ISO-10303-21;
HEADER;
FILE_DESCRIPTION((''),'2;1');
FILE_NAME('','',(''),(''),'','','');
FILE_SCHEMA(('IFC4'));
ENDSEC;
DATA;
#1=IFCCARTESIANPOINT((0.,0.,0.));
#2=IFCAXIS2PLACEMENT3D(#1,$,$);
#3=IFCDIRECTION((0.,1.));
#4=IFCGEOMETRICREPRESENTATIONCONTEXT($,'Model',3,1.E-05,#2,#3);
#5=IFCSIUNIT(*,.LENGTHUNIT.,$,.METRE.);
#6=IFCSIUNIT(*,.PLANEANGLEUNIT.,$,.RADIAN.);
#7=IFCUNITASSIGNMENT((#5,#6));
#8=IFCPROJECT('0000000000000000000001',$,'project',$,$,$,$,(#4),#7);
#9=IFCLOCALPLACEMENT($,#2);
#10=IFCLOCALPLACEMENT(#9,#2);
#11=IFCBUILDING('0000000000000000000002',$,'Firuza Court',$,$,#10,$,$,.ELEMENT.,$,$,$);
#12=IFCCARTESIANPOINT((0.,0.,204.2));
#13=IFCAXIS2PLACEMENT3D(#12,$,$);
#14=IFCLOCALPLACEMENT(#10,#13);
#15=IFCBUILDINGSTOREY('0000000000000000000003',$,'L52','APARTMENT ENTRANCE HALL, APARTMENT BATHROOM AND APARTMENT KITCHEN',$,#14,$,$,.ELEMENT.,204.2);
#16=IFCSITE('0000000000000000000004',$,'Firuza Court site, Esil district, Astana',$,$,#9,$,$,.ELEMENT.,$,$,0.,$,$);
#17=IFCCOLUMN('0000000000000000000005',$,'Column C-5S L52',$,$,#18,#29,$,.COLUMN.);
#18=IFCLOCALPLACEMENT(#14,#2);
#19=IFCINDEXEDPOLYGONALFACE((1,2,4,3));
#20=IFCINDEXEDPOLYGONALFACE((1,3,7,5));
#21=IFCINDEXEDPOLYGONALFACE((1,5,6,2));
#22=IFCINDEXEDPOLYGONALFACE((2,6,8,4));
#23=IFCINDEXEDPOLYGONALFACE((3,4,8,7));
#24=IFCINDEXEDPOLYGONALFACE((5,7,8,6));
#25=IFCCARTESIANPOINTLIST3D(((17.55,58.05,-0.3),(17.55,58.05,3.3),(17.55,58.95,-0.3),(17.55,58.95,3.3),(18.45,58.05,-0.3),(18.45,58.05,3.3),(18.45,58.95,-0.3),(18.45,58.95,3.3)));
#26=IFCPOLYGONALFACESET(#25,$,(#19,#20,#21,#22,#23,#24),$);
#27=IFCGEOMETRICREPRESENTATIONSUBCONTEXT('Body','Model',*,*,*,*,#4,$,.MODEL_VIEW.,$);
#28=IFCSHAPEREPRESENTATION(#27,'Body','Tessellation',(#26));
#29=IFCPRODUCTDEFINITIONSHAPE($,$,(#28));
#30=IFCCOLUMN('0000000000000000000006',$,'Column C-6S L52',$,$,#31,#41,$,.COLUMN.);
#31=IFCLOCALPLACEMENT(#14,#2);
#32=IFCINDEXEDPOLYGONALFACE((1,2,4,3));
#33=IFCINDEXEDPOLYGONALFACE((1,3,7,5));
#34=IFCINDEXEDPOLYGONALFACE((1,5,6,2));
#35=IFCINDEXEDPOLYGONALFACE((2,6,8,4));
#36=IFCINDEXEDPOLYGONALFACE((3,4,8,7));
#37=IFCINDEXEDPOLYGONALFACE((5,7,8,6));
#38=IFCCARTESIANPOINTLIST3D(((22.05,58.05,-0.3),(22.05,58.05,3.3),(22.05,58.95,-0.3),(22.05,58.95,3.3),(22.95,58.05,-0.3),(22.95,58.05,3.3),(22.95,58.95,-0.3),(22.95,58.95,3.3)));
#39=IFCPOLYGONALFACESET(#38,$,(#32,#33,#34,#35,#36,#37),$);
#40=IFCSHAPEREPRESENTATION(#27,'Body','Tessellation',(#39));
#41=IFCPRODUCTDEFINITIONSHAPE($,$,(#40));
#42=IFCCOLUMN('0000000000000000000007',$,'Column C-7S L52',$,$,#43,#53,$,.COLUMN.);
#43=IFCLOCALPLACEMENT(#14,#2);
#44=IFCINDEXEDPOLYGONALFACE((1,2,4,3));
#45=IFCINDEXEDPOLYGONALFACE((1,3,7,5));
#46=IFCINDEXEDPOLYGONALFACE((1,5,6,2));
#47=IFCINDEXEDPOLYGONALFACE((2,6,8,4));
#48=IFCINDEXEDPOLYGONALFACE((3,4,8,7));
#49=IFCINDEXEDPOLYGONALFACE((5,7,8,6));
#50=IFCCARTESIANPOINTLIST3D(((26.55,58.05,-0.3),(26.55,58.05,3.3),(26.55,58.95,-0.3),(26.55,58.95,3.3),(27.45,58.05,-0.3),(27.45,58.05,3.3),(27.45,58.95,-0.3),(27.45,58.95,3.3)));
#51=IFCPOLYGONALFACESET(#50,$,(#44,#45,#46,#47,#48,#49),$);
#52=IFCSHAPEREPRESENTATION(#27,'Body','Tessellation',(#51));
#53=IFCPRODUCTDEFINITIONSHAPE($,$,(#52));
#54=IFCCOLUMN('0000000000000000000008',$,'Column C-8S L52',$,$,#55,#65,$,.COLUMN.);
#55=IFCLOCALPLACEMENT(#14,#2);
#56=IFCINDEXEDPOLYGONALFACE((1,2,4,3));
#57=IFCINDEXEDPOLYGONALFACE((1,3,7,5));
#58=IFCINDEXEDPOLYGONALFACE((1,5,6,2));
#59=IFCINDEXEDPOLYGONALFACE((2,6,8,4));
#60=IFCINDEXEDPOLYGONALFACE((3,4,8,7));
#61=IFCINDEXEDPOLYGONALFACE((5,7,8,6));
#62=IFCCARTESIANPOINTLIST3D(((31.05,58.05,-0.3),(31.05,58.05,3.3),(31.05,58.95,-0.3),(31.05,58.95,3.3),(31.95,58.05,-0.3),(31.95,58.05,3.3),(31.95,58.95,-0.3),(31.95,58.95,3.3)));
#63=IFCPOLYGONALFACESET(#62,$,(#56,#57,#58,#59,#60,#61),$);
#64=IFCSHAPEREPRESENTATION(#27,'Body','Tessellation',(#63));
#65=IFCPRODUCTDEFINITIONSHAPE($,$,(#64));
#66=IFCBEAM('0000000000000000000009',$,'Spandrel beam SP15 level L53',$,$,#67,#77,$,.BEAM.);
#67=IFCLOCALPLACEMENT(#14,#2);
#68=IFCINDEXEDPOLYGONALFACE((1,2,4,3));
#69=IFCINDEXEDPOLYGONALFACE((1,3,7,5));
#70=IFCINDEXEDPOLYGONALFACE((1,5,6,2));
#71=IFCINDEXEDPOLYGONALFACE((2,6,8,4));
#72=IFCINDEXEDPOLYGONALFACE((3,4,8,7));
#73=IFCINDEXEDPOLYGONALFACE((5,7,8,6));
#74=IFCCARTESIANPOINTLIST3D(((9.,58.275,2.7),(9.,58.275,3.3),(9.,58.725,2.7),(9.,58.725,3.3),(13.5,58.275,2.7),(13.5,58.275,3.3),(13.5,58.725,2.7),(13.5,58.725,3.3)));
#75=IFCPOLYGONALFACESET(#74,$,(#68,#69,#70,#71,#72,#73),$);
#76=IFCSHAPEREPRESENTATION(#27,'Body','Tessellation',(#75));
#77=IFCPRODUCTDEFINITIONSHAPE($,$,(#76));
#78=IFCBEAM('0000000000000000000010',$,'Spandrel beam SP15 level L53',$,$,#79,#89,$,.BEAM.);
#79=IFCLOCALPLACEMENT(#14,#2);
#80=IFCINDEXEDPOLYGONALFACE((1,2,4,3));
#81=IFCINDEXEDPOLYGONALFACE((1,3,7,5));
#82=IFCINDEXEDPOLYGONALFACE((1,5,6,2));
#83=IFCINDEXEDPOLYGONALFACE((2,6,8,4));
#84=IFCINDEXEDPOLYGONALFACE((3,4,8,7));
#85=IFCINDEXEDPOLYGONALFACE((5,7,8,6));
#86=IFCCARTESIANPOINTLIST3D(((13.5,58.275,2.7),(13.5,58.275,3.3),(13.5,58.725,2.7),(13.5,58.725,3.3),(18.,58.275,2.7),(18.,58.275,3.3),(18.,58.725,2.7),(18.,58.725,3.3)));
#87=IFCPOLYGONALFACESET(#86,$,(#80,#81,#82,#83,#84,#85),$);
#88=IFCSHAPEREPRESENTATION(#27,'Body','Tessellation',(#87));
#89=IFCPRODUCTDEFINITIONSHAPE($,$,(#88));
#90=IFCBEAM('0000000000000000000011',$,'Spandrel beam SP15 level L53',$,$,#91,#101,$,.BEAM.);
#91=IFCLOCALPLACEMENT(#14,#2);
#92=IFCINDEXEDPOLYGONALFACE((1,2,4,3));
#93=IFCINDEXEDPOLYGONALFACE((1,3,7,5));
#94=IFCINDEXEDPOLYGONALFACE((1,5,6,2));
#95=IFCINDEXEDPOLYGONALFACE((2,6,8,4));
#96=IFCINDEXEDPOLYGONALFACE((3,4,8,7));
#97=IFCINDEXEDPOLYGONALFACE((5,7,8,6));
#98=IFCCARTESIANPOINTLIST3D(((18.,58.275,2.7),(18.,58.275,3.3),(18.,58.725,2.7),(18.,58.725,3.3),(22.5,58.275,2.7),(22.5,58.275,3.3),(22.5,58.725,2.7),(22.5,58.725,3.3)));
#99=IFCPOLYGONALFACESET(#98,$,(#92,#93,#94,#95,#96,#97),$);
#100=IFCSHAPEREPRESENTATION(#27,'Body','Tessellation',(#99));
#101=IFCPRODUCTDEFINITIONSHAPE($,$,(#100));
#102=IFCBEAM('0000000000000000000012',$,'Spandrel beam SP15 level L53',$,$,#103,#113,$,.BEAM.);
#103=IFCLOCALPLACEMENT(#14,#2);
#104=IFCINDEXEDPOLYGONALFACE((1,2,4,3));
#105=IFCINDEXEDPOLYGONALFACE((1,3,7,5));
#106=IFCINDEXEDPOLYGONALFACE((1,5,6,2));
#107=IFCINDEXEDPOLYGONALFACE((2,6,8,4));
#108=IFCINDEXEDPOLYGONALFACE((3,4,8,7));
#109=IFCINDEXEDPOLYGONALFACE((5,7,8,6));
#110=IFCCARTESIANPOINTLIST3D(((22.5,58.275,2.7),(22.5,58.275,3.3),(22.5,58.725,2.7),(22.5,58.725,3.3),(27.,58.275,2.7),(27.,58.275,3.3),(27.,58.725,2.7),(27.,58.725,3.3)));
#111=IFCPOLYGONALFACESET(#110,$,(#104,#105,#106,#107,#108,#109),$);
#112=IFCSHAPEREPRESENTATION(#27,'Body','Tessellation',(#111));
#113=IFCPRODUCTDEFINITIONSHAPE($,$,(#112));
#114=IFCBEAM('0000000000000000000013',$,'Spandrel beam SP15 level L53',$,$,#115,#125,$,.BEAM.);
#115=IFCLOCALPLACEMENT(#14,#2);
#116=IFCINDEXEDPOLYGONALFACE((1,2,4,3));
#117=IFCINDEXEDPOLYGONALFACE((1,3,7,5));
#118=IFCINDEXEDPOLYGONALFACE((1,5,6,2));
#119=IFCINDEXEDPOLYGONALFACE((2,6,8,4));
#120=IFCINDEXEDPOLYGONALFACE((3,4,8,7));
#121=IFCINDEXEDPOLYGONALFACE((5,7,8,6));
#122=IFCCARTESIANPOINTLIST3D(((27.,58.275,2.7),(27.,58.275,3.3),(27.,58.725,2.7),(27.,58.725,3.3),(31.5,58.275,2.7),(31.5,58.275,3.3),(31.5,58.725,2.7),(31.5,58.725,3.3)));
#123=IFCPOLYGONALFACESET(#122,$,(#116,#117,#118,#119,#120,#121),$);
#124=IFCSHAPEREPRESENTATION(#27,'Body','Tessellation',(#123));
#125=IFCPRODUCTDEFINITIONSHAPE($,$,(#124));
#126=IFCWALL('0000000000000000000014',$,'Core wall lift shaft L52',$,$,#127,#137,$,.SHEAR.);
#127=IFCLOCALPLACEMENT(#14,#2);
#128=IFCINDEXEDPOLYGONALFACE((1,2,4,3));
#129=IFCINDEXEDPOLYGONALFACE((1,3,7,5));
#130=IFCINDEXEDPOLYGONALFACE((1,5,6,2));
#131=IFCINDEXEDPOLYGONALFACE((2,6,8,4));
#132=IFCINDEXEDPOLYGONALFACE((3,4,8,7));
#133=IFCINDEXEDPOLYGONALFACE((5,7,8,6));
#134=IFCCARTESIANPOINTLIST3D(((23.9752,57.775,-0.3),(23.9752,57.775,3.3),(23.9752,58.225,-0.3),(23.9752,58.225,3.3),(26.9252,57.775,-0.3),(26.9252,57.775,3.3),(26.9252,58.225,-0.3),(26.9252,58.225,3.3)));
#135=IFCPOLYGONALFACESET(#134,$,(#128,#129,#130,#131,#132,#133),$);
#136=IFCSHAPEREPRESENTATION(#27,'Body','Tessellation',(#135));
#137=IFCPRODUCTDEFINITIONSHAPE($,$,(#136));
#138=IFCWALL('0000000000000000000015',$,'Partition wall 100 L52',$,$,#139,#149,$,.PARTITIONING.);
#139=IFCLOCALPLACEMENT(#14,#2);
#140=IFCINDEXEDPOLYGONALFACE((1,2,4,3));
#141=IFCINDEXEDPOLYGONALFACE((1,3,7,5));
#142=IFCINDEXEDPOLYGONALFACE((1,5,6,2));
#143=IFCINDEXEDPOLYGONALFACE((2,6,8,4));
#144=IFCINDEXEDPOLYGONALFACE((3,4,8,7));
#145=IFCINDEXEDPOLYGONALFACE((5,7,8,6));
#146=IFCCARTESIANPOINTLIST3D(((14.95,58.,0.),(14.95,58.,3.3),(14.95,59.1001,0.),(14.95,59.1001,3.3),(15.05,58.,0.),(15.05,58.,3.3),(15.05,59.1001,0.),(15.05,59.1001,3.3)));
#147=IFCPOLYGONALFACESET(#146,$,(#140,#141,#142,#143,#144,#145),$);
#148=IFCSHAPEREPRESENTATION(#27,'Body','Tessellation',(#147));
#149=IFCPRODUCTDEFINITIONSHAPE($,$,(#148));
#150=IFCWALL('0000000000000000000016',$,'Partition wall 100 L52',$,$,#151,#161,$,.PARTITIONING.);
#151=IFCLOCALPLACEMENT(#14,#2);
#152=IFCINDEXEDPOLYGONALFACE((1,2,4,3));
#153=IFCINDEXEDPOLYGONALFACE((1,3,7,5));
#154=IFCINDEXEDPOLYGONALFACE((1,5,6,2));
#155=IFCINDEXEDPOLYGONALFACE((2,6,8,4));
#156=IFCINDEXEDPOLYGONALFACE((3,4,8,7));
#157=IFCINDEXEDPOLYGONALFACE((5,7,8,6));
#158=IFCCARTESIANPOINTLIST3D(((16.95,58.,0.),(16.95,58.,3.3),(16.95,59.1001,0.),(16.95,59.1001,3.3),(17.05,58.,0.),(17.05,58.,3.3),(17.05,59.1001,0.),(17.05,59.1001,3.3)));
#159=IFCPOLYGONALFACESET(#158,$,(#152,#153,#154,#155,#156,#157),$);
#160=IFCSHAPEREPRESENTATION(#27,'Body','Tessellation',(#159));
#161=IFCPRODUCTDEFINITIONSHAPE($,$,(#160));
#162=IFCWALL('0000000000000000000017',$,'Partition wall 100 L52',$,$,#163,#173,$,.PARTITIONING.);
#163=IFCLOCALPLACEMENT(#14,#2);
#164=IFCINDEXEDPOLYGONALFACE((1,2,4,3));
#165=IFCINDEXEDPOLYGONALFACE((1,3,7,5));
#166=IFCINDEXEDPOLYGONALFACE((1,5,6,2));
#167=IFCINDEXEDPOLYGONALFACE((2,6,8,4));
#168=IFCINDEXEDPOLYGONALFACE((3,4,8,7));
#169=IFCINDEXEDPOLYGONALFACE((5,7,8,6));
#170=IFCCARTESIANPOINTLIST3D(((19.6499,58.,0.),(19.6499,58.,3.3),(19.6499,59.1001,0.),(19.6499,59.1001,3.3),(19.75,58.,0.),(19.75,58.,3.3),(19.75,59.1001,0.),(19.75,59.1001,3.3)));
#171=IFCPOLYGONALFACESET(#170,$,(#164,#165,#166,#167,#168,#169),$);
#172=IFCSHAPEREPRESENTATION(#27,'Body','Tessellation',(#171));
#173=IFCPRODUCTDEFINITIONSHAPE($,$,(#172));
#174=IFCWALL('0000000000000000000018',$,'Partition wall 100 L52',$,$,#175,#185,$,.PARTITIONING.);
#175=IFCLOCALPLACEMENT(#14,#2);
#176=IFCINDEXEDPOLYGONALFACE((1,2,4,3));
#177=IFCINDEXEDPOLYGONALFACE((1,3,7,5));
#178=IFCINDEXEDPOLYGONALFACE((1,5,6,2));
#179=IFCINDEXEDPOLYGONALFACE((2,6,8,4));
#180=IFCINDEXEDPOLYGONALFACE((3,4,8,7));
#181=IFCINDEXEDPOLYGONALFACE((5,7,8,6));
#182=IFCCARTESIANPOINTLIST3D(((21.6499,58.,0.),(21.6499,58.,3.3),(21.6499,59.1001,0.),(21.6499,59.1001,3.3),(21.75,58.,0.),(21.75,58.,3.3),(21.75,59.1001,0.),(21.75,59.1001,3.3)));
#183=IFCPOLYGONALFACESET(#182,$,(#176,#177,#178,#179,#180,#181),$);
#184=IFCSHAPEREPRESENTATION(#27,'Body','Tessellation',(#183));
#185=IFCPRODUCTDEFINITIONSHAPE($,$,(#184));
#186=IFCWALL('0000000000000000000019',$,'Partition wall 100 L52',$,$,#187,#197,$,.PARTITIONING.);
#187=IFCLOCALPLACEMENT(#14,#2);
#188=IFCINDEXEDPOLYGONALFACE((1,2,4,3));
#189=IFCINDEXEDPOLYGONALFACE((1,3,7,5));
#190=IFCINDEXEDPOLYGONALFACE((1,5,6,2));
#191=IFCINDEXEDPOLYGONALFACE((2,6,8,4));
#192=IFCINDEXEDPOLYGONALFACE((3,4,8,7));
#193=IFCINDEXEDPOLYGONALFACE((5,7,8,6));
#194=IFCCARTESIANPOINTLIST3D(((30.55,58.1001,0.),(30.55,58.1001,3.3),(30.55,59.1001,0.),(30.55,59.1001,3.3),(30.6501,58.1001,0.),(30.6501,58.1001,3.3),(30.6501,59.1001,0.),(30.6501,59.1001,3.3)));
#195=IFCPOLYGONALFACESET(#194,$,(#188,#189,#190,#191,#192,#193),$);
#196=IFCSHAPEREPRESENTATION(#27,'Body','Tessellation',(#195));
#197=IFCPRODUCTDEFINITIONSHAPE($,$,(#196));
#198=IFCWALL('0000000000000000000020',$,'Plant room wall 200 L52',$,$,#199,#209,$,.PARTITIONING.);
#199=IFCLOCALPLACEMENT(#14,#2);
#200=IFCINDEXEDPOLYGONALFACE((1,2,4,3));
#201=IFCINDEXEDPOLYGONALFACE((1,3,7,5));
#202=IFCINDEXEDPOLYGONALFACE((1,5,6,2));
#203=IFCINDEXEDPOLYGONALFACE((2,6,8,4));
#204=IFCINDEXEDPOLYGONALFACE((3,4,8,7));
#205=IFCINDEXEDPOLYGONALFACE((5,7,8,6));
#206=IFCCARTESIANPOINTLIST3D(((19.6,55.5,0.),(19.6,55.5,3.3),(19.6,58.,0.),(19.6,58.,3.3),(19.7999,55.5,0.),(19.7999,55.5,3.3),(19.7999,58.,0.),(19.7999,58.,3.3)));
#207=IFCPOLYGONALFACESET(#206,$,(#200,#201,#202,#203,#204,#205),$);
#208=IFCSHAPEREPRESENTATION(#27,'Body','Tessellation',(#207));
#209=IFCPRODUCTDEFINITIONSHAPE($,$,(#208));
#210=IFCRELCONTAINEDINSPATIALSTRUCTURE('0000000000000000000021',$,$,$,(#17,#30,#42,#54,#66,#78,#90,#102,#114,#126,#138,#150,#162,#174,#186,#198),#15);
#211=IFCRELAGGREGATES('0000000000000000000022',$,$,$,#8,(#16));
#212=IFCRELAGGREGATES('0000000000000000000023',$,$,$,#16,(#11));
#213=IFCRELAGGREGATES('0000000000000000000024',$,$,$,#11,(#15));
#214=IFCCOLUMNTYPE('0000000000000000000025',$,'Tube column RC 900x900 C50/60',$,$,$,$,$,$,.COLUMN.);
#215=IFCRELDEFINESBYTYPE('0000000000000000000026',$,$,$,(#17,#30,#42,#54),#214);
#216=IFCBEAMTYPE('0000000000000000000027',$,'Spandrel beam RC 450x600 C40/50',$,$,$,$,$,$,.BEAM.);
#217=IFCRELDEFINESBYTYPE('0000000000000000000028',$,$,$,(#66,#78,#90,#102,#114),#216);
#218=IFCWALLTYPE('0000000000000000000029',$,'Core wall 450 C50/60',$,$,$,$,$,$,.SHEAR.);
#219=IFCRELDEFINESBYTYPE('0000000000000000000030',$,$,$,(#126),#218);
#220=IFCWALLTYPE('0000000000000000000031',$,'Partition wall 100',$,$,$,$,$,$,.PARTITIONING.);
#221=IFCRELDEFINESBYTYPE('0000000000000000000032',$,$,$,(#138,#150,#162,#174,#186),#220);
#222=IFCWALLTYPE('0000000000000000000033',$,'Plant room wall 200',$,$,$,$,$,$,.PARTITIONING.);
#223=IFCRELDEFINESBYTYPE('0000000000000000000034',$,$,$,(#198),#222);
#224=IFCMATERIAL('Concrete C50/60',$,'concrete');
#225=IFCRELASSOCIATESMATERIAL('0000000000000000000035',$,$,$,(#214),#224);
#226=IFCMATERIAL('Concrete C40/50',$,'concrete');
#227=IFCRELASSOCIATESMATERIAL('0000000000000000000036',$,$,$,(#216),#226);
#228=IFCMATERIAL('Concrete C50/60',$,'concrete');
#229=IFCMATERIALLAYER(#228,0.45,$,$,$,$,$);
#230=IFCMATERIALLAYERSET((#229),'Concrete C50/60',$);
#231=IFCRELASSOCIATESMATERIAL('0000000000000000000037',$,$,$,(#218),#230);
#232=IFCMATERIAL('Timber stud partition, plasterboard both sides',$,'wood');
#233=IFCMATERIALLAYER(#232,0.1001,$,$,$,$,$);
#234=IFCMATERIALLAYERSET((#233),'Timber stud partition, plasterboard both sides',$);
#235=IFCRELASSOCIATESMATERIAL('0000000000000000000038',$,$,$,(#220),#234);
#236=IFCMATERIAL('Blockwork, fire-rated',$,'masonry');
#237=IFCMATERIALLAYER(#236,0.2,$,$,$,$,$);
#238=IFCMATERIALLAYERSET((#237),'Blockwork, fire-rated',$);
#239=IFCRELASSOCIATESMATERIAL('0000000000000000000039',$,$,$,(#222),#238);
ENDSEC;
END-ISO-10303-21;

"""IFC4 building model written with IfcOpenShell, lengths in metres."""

from ifc_helpers import new_model, si_unit, direction, frame, frame_2d, origin, origin_2d, place, context, subcontext, project, spatial, rectangle, extrude, material, layer, layer_set, material_profile, profile_set, type_object, element, save


model = new_model("IFC4")

# Units and contexts
model_context = context("Model", 3, precision=1e-05, world=origin(), true_north=direction((0.0, 1.0)))
body_context = subcontext(model_context, "Body", "Model", "MODEL_VIEW")
ifc_project = project(units=[si_unit("LENGTHUNIT", "METRE"), si_unit("PLANEANGLEUNIT", "RADIAN")], contexts=[model_context])

# Site, building, storey
site_placement = place(None, origin())
site = spatial("IfcSite", under=ifc_project, at=site_placement, Name="Firuza Court site, Esil district, Astana", CompositionType="ELEMENT", RefElevation=0.0)
building_placement = place(site_placement, origin())
building = spatial("IfcBuilding", under=site, at=building_placement, Name="Firuza Court", CompositionType="ELEMENT")
storey_placement = place(building_placement, frame((0.0, 0.0, 204.2)))
storey = spatial("IfcBuildingStorey", under=building, at=storey_placement, Name="L52", Description="APARTMENT ENTRANCE HALL, APARTMENT BATHROOM AND APARTMENT KITCHEN", CompositionType="ELEMENT", Elevation=204.2)

# Columns
ifc_material_1 = material(Name="Concrete C50/60", Category="concrete")
ifc_material_profile_1 = material_profile(ifc_material_1, rectangle(XDim=0.8999, YDim=0.8999, at=origin_2d()), Name="RC 900x900")
ifc_profile_set_1 = profile_set([ifc_material_profile_1], Name="Concrete C50/60")
column_type = type_object("IfcColumnType", Name="Tube column RC 900x900 C50/60", PredefinedType="COLUMN", material=ifc_profile_set_1)
for number, where, z_axis, x_axis, name in (
    (1, (18.0, 58.5, -0.3), (0.0, 0.0, 1.0), (1.0, 0.0, 0.0), "Column C-5S L52"),
    (2, (22.5, 58.5, -0.3), (0.0, 0.0, 1.0), (1.0, 0.0, 0.0), "Column C-6S L52"),
    (3, (27.0, 58.5, -0.3), (0.0, 0.0, 1.0), (1.0, 0.0, 0.0), "Column C-7S L52"),
    (4, (31.5, 58.5, -0.3), (0.0, 0.0, 1.0), (1.0, 0.0, 0.0), "Column C-8S L52"),
):
    element("IfcColumn", number, at=place(storey_placement, frame(where, z_axis=z_axis, x_axis=x_axis)), inside=storey, type_object=column_type, Name=name, PredefinedType="COLUMN", context=body_context, shape_type="SweptSolid", body=[
        extrude(rectangle(XDim=0.8999, YDim=0.8999, at=origin_2d()), origin(), (0.0, 0.0, 1.0), 3.6001),
    ])

# Beams
ifc_material_2 = material(Name="Concrete C40/50", Category="concrete")
ifc_material_profile_2 = material_profile(ifc_material_2, rectangle(XDim=0.45, YDim=0.6001, at=origin_2d()), Name="RC 450x600")
ifc_profile_set_2 = profile_set([ifc_material_profile_2], Name="Concrete C40/50")
beam_type = type_object("IfcBeamType", Name="Spandrel beam RC 450x600 C40/50", PredefinedType="BEAM", material=ifc_profile_set_2)
for number, where, z_axis, x_axis, name in (
    (5, (13.5, 58.5, 3.0), (-1.0, 0.0, 0.0), (0.0, -1.0, 0.0), "Spandrel beam SP15 level L53"),
    (6, (18.0, 58.5, 3.0), (-1.0, 0.0, 0.0), (0.0, -1.0, 0.0), "Spandrel beam SP15 level L53"),
    (7, (22.5, 58.5, 3.0), (-1.0, 0.0, 0.0), (0.0, -1.0, 0.0), "Spandrel beam SP15 level L53"),
    (8, (27.0, 58.5, 3.0), (-1.0, 0.0, 0.0), (0.0, -1.0, 0.0), "Spandrel beam SP15 level L53"),
    (9, (31.5, 58.5, 3.0), (-1.0, 0.0, 0.0), (0.0, -1.0, 0.0), "Spandrel beam SP15 level L53"),
):
    element("IfcBeam", number, at=place(storey_placement, frame(where, z_axis=z_axis, x_axis=x_axis)), inside=storey, type_object=beam_type, Name=name, PredefinedType="BEAM", context=body_context, shape_type="SweptSolid", body=[
        extrude(rectangle(XDim=0.45, YDim=0.6001, at=origin_2d()), origin(), (0.0, 0.0, 1.0), 4.5),
    ])

# Walls
ifc_material_3 = material(Name="Concrete C50/60", Category="concrete")
ifc_layer_1 = layer(ifc_material_3, 0.45)
ifc_layer_set_1 = layer_set([ifc_layer_1], Name="Concrete C50/60")
wall_type_1 = type_object("IfcWallType", Name="Core wall 450 C50/60", PredefinedType="SHEAR", material=ifc_layer_set_1)
wall_1_placement = place(storey_placement, frame((23.9751, 58.0, -0.3), z_axis=(0.0, 0.0, 1.0), x_axis=(1.0, 0.0, 0.0)))
element("IfcWall", 10, at=wall_1_placement, inside=storey, type_object=wall_type_1, Name="Core wall lift shaft L52", PredefinedType="SHEAR", context=body_context, shape_type="SweptSolid", body=[
    extrude(rectangle(XDim=2.95, YDim=0.45, at=frame_2d((1.4751, 0.0))), origin(), (0.0, 0.0, 1.0), 3.6001),
])
ifc_material_4 = material(Name="Timber stud partition, plasterboard both sides", Category="wood")
ifc_layer_2 = layer(ifc_material_4, 0.1001)
ifc_layer_set_2 = layer_set([ifc_layer_2], Name="Timber stud partition, plasterboard both sides")
wall_type_2 = type_object("IfcWallType", Name="Partition wall 100", PredefinedType="PARTITIONING", material=ifc_layer_set_2)
for number, where, z_axis, x_axis, name in (
    (11, (15.0, 58.0, 0.0), (0.0, 0.0, 1.0), (0.0, 1.0, 0.0), "Partition wall 100 L52"),
    (12, (17.0, 58.0, 0.0), (0.0, 0.0, 1.0), (0.0, 1.0, 0.0), "Partition wall 100 L52"),
    (13, (19.7, 58.0, 0.0), (0.0, 0.0, 1.0), (0.0, 1.0, 0.0), "Partition wall 100 L52"),
    (14, (21.7, 58.0, 0.0), (0.0, 0.0, 1.0), (0.0, 1.0, 0.0), "Partition wall 100 L52"),
):
    element("IfcWall", number, at=place(storey_placement, frame(where, z_axis=z_axis, x_axis=x_axis)), inside=storey, type_object=wall_type_2, Name=name, PredefinedType="PARTITIONING", context=body_context, shape_type="SweptSolid", body=[
        extrude(rectangle(XDim=1.1001, YDim=0.1001, at=frame_2d((0.55, 0.0))), origin(), (0.0, 0.0, 1.0), 3.3),
    ])
wall_2_placement = place(storey_placement, frame((30.6001, 58.1001, 0.0), z_axis=(0.0, 0.0, 1.0), x_axis=(0.0, 1.0, 0.0)))
element("IfcWall", 15, at=wall_2_placement, inside=storey, type_object=wall_type_2, Name="Partition wall 100 L52", PredefinedType="PARTITIONING", context=body_context, shape_type="SweptSolid", body=[
    extrude(rectangle(XDim=1.0, YDim=0.1001, at=frame_2d((0.5, 0.0))), origin(), (0.0, 0.0, 1.0), 3.3),
])
ifc_material_5 = material(Name="Blockwork, fire-rated", Category="masonry")
ifc_layer_3 = layer(ifc_material_5, 0.2)
ifc_layer_set_3 = layer_set([ifc_layer_3], Name="Blockwork, fire-rated")
wall_type_3 = type_object("IfcWallType", Name="Plant room wall 200", PredefinedType="PARTITIONING", material=ifc_layer_set_3)
wall_3_placement = place(storey_placement, frame((19.7, 55.5, 0.0), z_axis=(0.0, 0.0, 1.0), x_axis=(0.0, 1.0, 0.0)))
element("IfcWall", 16, at=wall_3_placement, inside=storey, type_object=wall_type_3, Name="Plant room wall 200 L52", PredefinedType="PARTITIONING", context=body_context, shape_type="SweptSolid", body=[
    extrude(rectangle(XDim=2.5, YDim=0.2, at=frame_2d((1.25, 0.0))), origin(), (0.0, 0.0, 1.0), 3.3),
])

save(model, "model.ifc")
